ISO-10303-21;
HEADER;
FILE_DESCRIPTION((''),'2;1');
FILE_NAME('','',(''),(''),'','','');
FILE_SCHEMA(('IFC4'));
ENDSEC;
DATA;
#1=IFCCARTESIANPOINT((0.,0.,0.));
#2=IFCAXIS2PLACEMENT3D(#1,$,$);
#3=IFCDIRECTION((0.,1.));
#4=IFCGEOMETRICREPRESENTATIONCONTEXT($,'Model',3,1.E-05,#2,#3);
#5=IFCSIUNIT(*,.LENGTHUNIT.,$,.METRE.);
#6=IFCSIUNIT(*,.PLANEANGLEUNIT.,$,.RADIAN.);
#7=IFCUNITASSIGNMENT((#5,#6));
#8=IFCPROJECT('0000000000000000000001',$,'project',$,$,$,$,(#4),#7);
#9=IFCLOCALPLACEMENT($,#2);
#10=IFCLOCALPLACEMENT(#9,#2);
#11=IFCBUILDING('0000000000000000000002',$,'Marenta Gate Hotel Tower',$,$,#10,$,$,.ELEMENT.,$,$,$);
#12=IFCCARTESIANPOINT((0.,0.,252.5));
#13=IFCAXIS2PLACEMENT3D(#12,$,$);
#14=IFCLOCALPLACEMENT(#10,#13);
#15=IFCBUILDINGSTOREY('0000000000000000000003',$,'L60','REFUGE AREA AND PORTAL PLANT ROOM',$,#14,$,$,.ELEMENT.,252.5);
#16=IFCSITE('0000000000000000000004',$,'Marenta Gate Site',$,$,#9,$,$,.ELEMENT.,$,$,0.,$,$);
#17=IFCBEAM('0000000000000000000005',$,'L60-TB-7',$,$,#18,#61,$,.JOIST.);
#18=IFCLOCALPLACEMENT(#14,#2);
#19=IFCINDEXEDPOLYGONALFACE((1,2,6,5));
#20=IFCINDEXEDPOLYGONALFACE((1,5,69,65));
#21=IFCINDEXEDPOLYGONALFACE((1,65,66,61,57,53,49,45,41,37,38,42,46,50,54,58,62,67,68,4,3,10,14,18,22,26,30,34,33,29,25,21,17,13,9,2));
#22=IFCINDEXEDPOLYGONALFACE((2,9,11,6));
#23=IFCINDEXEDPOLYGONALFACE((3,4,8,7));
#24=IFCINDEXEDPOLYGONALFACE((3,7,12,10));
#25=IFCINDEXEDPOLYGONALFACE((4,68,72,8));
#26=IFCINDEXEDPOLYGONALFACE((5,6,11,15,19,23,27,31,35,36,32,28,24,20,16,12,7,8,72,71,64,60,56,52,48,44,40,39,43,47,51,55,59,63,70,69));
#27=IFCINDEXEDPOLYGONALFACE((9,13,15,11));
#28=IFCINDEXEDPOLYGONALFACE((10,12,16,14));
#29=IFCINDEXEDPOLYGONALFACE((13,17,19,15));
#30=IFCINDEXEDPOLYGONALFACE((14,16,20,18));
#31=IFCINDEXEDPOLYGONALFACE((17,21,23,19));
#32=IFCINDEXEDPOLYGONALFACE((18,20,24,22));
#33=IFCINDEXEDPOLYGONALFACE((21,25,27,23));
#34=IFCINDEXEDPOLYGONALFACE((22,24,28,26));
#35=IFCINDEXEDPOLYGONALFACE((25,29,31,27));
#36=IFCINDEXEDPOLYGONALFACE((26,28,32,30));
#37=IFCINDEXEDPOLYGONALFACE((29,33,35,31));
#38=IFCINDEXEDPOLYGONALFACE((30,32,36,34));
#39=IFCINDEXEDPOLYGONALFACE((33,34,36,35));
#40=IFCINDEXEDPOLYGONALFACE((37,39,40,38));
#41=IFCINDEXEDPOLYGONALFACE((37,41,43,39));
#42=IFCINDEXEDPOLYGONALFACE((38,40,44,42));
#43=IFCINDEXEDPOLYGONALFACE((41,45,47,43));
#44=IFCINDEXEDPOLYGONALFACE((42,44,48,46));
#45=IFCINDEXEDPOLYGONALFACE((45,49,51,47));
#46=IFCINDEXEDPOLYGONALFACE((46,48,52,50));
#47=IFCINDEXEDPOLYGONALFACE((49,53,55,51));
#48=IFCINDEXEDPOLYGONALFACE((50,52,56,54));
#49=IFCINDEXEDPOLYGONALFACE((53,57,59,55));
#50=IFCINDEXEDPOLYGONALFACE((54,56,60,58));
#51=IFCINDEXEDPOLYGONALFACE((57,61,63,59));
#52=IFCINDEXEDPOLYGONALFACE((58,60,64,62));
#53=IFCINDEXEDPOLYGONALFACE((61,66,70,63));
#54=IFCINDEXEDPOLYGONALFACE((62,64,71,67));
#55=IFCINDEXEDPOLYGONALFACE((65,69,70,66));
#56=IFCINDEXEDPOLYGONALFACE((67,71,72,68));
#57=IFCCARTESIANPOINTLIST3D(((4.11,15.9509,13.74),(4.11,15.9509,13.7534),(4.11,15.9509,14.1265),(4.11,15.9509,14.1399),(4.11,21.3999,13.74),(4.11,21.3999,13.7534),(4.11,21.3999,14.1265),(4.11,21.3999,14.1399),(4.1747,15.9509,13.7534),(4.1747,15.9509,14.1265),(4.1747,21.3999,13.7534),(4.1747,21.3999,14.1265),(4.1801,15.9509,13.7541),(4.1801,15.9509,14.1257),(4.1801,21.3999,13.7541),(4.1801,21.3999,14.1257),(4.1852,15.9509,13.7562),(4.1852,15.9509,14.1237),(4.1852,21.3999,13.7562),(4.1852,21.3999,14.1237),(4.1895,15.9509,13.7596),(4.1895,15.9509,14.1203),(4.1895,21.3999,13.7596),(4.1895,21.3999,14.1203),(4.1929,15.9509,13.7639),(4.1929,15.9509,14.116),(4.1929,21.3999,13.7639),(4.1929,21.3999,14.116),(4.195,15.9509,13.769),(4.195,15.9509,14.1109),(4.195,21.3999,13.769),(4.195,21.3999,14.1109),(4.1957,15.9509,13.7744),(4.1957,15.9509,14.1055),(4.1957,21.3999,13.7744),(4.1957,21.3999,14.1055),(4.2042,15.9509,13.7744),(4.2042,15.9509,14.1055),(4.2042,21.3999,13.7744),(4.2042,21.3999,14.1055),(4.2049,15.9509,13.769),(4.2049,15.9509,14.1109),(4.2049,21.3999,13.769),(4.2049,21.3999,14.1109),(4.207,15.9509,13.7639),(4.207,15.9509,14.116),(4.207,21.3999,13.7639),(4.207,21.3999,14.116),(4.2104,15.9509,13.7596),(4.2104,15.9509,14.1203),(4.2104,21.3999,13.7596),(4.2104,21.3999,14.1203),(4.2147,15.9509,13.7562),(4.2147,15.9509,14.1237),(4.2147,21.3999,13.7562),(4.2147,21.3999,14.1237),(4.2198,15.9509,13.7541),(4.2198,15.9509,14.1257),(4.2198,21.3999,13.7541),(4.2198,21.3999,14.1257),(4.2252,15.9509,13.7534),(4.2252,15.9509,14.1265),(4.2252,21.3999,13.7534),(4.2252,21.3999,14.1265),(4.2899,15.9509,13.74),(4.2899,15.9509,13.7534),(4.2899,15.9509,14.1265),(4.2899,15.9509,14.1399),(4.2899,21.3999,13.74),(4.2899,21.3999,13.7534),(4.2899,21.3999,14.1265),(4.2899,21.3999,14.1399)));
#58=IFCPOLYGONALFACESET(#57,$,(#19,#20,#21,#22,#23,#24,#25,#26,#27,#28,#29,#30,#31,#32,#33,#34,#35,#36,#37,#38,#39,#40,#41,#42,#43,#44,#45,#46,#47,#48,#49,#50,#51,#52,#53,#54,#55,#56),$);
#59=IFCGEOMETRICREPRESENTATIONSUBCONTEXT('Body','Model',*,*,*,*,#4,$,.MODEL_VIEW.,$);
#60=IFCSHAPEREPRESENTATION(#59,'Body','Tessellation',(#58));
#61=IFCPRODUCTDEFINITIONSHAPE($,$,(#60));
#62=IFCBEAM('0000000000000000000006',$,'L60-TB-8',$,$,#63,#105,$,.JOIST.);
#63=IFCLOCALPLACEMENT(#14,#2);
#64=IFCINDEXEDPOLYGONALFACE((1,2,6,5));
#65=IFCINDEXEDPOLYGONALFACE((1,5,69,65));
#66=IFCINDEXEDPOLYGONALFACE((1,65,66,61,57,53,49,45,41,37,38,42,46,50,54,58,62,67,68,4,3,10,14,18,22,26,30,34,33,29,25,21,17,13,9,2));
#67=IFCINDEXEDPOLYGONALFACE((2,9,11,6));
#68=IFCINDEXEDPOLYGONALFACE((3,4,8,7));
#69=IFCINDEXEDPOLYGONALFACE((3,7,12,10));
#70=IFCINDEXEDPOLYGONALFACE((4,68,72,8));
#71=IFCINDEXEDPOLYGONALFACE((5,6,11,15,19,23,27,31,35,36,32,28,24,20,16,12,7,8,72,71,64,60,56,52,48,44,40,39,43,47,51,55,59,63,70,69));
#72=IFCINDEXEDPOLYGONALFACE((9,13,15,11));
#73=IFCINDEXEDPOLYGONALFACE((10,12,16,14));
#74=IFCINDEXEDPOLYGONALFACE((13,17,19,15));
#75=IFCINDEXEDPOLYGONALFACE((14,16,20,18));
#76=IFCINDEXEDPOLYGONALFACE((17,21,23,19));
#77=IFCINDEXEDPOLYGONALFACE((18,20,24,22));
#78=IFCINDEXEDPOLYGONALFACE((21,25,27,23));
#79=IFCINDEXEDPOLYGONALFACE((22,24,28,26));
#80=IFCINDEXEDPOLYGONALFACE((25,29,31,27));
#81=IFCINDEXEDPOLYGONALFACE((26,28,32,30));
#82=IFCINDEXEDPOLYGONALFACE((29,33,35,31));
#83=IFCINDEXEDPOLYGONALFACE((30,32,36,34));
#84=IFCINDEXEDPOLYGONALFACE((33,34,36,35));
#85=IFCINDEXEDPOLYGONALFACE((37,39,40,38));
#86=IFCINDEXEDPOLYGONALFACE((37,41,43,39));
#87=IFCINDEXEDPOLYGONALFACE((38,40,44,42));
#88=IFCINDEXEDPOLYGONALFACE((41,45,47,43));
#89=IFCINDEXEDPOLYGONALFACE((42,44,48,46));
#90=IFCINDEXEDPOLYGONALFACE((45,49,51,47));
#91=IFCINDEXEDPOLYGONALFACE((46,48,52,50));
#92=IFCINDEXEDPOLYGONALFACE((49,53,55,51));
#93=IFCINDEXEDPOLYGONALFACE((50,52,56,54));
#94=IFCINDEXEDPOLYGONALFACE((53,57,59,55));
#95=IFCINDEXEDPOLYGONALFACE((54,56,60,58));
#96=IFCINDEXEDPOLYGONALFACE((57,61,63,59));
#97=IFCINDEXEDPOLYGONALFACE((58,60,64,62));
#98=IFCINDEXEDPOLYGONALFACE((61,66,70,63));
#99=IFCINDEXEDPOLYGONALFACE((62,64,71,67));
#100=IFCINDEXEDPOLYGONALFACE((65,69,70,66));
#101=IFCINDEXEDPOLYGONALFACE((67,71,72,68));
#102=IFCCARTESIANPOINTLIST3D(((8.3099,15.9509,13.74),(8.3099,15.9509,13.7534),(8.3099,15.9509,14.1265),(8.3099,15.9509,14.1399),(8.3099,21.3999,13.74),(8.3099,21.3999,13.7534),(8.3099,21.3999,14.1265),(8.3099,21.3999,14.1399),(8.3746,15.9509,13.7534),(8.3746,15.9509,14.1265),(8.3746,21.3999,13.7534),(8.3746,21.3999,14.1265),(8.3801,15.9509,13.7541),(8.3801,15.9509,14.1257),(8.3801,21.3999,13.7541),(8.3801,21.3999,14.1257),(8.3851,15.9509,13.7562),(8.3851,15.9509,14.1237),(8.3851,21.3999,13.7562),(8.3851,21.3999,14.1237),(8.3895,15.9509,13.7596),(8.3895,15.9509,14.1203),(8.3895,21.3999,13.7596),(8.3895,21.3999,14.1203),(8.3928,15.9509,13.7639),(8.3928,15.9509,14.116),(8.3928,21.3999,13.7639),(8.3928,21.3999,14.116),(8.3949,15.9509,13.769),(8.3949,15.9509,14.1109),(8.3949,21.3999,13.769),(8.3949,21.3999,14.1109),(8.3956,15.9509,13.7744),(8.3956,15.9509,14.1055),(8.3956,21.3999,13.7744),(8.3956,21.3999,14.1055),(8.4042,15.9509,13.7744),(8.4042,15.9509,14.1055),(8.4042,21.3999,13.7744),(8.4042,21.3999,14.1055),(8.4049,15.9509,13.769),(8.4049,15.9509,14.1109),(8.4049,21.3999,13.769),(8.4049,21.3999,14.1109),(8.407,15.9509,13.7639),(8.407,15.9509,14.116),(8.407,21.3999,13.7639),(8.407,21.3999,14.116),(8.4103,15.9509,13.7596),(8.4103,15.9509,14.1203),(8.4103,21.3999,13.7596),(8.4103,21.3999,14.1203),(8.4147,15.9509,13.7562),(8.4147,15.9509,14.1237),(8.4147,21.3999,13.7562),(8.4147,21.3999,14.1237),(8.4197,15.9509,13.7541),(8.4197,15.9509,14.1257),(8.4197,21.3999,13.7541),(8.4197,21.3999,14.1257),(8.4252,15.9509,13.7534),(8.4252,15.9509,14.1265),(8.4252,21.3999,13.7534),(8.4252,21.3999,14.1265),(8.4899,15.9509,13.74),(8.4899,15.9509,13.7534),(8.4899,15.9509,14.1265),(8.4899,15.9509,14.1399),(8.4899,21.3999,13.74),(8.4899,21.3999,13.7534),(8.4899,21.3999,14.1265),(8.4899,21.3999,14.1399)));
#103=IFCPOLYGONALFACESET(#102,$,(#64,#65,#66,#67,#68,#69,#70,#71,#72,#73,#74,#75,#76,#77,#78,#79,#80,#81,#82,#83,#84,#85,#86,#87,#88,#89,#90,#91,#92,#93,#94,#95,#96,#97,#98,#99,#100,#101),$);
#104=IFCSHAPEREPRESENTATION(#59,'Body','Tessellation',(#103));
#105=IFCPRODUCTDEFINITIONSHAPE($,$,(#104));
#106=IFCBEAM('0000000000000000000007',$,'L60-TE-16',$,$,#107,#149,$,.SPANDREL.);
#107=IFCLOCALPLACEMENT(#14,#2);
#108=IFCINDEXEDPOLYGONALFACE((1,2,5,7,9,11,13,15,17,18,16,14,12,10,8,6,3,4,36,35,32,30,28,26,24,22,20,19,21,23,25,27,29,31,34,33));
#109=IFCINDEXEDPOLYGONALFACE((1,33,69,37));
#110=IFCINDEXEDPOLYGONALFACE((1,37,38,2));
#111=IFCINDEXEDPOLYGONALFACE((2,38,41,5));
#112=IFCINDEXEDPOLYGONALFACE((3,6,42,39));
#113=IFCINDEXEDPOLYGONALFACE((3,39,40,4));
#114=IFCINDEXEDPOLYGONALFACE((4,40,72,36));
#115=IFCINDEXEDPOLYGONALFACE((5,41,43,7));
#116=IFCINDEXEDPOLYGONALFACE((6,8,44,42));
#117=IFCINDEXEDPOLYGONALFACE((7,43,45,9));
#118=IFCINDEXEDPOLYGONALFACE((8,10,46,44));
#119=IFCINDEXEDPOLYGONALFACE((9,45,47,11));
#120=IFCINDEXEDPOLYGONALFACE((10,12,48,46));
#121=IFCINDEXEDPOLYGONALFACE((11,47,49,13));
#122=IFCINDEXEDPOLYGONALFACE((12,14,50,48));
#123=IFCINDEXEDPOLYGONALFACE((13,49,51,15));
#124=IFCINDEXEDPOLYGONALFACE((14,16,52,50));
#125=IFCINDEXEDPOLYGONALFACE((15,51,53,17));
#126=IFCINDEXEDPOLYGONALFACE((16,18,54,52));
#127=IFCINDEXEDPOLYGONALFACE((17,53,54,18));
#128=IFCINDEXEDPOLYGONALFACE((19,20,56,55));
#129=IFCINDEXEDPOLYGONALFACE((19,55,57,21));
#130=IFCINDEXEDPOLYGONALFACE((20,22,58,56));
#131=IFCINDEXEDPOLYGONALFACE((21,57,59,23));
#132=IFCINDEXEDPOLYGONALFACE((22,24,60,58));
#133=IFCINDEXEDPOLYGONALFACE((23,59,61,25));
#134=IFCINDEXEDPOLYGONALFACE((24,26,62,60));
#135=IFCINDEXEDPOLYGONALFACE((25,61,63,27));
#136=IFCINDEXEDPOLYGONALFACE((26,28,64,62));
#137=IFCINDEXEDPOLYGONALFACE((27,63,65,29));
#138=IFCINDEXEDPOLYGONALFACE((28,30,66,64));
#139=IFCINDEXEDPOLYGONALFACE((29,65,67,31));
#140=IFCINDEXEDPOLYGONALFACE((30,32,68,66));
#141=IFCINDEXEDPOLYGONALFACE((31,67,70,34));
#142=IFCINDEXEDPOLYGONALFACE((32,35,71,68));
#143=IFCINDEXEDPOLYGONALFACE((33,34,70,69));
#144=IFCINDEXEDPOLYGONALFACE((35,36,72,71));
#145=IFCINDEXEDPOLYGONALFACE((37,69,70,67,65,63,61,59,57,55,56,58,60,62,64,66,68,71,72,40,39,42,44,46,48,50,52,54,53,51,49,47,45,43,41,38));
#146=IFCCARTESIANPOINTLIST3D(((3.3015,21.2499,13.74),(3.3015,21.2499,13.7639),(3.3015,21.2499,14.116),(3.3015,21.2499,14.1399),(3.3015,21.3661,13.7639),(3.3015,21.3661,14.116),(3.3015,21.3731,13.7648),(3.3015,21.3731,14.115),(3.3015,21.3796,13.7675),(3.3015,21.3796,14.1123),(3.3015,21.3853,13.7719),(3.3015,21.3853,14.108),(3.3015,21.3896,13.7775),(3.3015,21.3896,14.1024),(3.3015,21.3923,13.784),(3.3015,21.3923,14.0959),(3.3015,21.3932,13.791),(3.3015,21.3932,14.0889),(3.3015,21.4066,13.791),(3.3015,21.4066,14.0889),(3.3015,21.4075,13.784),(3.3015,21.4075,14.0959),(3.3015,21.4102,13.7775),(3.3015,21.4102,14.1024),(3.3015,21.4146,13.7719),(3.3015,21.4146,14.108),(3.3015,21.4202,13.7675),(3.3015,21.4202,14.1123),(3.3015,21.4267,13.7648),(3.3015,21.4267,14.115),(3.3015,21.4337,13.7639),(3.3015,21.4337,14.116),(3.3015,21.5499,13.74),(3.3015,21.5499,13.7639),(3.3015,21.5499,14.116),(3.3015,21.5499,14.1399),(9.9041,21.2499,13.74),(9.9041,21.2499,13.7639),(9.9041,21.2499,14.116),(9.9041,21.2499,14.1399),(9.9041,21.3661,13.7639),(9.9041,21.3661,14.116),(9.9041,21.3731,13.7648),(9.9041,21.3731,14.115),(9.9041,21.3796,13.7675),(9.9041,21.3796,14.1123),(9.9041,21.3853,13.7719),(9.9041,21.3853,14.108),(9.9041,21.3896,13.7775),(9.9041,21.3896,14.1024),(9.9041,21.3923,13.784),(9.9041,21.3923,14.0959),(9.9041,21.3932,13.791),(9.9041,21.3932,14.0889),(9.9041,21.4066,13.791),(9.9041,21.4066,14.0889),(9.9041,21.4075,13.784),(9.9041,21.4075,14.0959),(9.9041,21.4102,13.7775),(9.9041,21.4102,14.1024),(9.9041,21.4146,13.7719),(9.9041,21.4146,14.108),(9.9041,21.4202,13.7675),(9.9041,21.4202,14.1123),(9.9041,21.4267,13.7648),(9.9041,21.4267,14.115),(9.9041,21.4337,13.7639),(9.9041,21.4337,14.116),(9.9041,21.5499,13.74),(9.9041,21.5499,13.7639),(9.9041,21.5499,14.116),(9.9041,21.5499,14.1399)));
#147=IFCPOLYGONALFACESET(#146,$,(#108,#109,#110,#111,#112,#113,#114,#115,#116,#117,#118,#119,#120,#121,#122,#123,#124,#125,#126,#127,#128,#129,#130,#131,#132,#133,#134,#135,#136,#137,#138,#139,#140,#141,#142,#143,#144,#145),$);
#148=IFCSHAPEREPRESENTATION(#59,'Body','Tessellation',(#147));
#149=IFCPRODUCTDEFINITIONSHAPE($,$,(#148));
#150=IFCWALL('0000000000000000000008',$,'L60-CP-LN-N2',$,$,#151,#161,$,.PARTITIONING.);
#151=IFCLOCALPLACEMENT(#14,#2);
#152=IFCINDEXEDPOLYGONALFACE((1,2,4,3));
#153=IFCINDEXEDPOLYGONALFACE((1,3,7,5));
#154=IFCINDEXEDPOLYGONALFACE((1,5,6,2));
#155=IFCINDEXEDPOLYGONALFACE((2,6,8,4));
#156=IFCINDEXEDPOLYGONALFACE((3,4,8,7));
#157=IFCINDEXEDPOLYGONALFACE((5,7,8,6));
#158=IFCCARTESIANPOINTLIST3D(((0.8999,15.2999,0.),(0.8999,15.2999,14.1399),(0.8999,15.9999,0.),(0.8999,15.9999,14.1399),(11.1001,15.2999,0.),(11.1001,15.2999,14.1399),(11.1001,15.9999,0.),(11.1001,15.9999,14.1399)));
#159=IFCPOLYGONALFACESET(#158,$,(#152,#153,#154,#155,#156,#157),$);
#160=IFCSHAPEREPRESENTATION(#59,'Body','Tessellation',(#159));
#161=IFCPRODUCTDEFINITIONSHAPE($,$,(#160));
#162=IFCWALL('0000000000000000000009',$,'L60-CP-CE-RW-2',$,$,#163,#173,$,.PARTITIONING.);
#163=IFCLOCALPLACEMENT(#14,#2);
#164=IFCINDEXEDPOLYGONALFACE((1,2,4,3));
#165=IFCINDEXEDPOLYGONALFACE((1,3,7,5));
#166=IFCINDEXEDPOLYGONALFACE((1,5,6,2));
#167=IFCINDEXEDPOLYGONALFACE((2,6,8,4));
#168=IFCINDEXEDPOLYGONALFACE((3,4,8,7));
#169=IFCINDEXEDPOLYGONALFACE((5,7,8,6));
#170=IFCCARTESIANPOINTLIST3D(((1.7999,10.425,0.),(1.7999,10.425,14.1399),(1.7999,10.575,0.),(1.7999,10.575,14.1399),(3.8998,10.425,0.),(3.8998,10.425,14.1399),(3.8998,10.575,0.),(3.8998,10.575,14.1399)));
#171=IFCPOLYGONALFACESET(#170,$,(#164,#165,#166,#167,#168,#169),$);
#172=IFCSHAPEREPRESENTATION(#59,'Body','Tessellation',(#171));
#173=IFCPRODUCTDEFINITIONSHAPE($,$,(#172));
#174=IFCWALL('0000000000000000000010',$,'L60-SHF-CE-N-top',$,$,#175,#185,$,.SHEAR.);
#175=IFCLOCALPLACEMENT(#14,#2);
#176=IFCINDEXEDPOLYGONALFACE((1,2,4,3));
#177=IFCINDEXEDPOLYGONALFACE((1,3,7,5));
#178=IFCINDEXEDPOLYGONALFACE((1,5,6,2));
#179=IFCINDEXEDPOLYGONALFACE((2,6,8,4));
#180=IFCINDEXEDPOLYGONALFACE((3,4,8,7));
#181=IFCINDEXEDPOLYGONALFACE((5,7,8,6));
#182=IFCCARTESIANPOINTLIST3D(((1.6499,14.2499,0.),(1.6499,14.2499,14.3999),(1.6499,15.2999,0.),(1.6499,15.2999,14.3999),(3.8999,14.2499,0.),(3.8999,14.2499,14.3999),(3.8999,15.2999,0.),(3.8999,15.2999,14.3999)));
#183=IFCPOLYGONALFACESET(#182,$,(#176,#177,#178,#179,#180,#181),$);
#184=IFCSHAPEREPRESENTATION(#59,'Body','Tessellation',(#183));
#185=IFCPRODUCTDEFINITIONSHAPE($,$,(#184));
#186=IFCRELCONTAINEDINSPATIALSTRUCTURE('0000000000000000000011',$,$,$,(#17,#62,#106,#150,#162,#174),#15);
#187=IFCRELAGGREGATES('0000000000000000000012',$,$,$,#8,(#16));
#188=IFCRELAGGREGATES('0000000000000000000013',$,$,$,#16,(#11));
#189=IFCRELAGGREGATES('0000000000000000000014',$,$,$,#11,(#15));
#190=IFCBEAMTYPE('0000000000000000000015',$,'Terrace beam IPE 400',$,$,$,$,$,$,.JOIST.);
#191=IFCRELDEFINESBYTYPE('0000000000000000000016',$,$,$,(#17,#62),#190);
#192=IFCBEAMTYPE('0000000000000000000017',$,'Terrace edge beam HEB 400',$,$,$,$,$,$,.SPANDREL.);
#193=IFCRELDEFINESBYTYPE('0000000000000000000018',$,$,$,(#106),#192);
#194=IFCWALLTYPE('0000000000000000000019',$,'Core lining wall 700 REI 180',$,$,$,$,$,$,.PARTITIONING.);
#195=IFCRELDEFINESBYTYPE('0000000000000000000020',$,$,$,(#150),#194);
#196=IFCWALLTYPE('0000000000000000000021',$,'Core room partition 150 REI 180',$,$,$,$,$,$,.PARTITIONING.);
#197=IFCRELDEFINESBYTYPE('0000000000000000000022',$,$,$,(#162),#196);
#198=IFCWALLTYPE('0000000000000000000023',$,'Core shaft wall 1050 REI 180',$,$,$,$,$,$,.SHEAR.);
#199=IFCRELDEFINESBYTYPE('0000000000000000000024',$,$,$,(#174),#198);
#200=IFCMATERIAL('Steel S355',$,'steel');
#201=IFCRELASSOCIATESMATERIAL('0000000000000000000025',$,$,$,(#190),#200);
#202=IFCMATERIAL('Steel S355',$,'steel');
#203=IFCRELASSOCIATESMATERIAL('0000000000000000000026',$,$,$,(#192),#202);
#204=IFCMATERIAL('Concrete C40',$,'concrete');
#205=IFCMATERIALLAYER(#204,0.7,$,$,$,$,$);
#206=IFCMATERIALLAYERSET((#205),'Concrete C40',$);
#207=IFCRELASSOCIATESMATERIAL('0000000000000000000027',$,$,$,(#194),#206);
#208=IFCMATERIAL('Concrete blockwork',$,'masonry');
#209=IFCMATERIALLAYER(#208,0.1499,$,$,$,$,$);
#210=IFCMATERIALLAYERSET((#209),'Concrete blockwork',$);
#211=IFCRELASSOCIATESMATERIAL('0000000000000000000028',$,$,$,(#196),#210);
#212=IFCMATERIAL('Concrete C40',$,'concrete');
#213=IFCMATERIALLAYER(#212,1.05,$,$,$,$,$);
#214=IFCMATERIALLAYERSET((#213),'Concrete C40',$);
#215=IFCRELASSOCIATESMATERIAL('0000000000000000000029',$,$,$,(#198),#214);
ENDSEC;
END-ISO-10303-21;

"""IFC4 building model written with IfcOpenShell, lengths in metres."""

from ifc_helpers import new_model, si_unit, direction, frame, frame_2d, origin, origin_2d, place, context, subcontext, project, spatial, rectangle, i_section, extrude, material, layer, layer_set, material_profile, profile_set, type_object, element, save


model = new_model("IFC4")

# Units and contexts
model_context = context("Model", 3, precision=1e-05, world=origin(), true_north=direction((0.0, 1.0)))
body_context = subcontext(model_context, "Body", "Model", "MODEL_VIEW")
ifc_project = project(units=[si_unit("LENGTHUNIT", "METRE"), si_unit("PLANEANGLEUNIT", "RADIAN")], contexts=[model_context])

# Site, building, storey
site_placement = place(None, origin())
site = spatial("IfcSite", under=ifc_project, at=site_placement, Name="Marenta Gate Site", CompositionType="ELEMENT", RefElevation=0.0)
building_placement = place(site_placement, origin())
building = spatial("IfcBuilding", under=site, at=building_placement, Name="Marenta Gate Hotel Tower", CompositionType="ELEMENT")
storey_placement = place(building_placement, frame((0.0, 0.0, 252.5)))
storey = spatial("IfcBuildingStorey", under=building, at=storey_placement, Name="L60", Description="REFUGE AREA AND PORTAL PLANT ROOM", CompositionType="ELEMENT", Elevation=252.5)

# Beams
ifc_material_1 = material(Name="Steel S355", Category="steel")
ifc_material_profile_1 = material_profile(ifc_material_1, i_section(OverallWidth=0.1799, OverallDepth=0.3999, WebThickness=0.0085, FlangeThickness=0.0134, FilletRadius=0.021, at=origin_2d()), Name="IPE 400")
ifc_profile_set_1 = profile_set([ifc_material_profile_1], Name="Steel S355")
beam_type_1 = type_object("IfcBeamType", Name="Terrace beam IPE 400", PredefinedType="JOIST", material=ifc_profile_set_1)
for number, where, z_axis, x_axis, name in (
    (1, (4.2, 15.9509, 13.9399), (0.0, 1.0, 0.0), (-1.0, 0.0, 0.0), "L60-TB-7"),
    (2, (8.3999, 15.9509, 13.9399), (0.0, 1.0, 0.0), (-1.0, 0.0, 0.0), "L60-TB-8"),
):
    element("IfcBeam", number, at=place(storey_placement, frame(where, z_axis=z_axis, x_axis=x_axis)), inside=storey, type_object=beam_type_1, Name=name, PredefinedType="JOIST", context=body_context, shape_type="SweptSolid", body=[
        extrude(i_section(OverallWidth=0.1799, OverallDepth=0.3999, WebThickness=0.0085, FlangeThickness=0.0134, FilletRadius=0.021, at=origin_2d()), origin(), (0.0, 0.0, 1.0), 5.449),
    ])
ifc_material_2 = material(Name="Steel S355", Category="steel")
ifc_material_profile_2 = material_profile(ifc_material_2, i_section(OverallWidth=0.3, OverallDepth=0.3999, WebThickness=0.0134, FlangeThickness=0.0239, FilletRadius=0.0271, at=origin_2d()), Name="HEB 400")
ifc_profile_set_2 = profile_set([ifc_material_profile_2], Name="Steel S355")
beam_type_2 = type_object("IfcBeamType", Name="Terrace edge beam HEB 400", PredefinedType="SPANDREL", material=ifc_profile_set_2)
beam_1_placement = place(storey_placement, frame((3.3015, 21.3999, 13.9399), z_axis=(1.0, 0.0, 0.0), x_axis=(0.0, 1.0, 0.0)))
element("IfcBeam", 3, at=beam_1_placement, inside=storey, type_object=beam_type_2, Name="L60-TE-16", PredefinedType="SPANDREL", context=body_context, shape_type="SweptSolid", body=[
    extrude(i_section(OverallWidth=0.3, OverallDepth=0.3999, WebThickness=0.0134, FlangeThickness=0.0239, FilletRadius=0.0271, at=origin_2d()), origin(), (0.0, 0.0, 1.0), 6.6025),
])

# Walls
ifc_material_3 = material(Name="Concrete C40", Category="concrete")
ifc_layer_1 = layer(ifc_material_3, 0.7)
ifc_layer_set_1 = layer_set([ifc_layer_1], Name="Concrete C40")
wall_type_1 = type_object("IfcWallType", Name="Core lining wall 700 REI 180", PredefinedType="PARTITIONING", material=ifc_layer_set_1)
wall_1_placement = place(storey_placement, frame((0.8999, 15.6499, 0.0), z_axis=(0.0, 0.0, 1.0), x_axis=(1.0, 0.0, 0.0)))
element("IfcWall", 4, at=wall_1_placement, inside=storey, type_object=wall_type_1, Name="L60-CP-LN-N2", PredefinedType="PARTITIONING", context=body_context, shape_type="SweptSolid", body=[
    extrude(rectangle(XDim=10.2002, YDim=0.7, at=frame_2d((5.1001, 0.0))), origin(), (0.0, 0.0, 1.0), 14.1399),
])
ifc_material_4 = material(Name="Concrete blockwork", Category="masonry")
ifc_layer_2 = layer(ifc_material_4, 0.1499)
ifc_layer_set_2 = layer_set([ifc_layer_2], Name="Concrete blockwork")
wall_type_2 = type_object("IfcWallType", Name="Core room partition 150 REI 180", PredefinedType="PARTITIONING", material=ifc_layer_set_2)
wall_2_placement = place(storey_placement, frame((1.8, 10.5, 0.0), z_axis=(0.0, 0.0, 1.0), x_axis=(1.0, 0.0, 0.0)))
element("IfcWall", 5, at=wall_2_placement, inside=storey, type_object=wall_type_2, Name="L60-CP-CE-RW-2", PredefinedType="PARTITIONING", context=body_context, shape_type="SweptSolid", body=[
    extrude(rectangle(XDim=2.0999, YDim=0.1499, at=frame_2d((1.0498, 0.0))), origin(), (0.0, 0.0, 1.0), 14.1399),
])
ifc_material_5 = material(Name="Concrete C40", Category="concrete")
ifc_layer_3 = layer(ifc_material_5, 1.05)
ifc_layer_set_3 = layer_set([ifc_layer_3], Name="Concrete C40")
wall_type_3 = type_object("IfcWallType", Name="Core shaft wall 1050 REI 180", PredefinedType="SHEAR", material=ifc_layer_set_3)
wall_3_placement = place(storey_placement, frame((1.6499, 14.7749, 0.0), z_axis=(0.0, 0.0, 1.0), x_axis=(1.0, 0.0, 0.0)))
element("IfcWall", 6, at=wall_3_placement, inside=storey, type_object=wall_type_3, Name="L60-SHF-CE-N-top", PredefinedType="SHEAR", context=body_context, shape_type="SweptSolid", body=[
    extrude(rectangle(XDim=2.25, YDim=1.05, at=frame_2d((1.125, 0.0))), origin(), (0.0, 0.0, 1.0), 14.3999),
])

save(model, "model.ifc")
